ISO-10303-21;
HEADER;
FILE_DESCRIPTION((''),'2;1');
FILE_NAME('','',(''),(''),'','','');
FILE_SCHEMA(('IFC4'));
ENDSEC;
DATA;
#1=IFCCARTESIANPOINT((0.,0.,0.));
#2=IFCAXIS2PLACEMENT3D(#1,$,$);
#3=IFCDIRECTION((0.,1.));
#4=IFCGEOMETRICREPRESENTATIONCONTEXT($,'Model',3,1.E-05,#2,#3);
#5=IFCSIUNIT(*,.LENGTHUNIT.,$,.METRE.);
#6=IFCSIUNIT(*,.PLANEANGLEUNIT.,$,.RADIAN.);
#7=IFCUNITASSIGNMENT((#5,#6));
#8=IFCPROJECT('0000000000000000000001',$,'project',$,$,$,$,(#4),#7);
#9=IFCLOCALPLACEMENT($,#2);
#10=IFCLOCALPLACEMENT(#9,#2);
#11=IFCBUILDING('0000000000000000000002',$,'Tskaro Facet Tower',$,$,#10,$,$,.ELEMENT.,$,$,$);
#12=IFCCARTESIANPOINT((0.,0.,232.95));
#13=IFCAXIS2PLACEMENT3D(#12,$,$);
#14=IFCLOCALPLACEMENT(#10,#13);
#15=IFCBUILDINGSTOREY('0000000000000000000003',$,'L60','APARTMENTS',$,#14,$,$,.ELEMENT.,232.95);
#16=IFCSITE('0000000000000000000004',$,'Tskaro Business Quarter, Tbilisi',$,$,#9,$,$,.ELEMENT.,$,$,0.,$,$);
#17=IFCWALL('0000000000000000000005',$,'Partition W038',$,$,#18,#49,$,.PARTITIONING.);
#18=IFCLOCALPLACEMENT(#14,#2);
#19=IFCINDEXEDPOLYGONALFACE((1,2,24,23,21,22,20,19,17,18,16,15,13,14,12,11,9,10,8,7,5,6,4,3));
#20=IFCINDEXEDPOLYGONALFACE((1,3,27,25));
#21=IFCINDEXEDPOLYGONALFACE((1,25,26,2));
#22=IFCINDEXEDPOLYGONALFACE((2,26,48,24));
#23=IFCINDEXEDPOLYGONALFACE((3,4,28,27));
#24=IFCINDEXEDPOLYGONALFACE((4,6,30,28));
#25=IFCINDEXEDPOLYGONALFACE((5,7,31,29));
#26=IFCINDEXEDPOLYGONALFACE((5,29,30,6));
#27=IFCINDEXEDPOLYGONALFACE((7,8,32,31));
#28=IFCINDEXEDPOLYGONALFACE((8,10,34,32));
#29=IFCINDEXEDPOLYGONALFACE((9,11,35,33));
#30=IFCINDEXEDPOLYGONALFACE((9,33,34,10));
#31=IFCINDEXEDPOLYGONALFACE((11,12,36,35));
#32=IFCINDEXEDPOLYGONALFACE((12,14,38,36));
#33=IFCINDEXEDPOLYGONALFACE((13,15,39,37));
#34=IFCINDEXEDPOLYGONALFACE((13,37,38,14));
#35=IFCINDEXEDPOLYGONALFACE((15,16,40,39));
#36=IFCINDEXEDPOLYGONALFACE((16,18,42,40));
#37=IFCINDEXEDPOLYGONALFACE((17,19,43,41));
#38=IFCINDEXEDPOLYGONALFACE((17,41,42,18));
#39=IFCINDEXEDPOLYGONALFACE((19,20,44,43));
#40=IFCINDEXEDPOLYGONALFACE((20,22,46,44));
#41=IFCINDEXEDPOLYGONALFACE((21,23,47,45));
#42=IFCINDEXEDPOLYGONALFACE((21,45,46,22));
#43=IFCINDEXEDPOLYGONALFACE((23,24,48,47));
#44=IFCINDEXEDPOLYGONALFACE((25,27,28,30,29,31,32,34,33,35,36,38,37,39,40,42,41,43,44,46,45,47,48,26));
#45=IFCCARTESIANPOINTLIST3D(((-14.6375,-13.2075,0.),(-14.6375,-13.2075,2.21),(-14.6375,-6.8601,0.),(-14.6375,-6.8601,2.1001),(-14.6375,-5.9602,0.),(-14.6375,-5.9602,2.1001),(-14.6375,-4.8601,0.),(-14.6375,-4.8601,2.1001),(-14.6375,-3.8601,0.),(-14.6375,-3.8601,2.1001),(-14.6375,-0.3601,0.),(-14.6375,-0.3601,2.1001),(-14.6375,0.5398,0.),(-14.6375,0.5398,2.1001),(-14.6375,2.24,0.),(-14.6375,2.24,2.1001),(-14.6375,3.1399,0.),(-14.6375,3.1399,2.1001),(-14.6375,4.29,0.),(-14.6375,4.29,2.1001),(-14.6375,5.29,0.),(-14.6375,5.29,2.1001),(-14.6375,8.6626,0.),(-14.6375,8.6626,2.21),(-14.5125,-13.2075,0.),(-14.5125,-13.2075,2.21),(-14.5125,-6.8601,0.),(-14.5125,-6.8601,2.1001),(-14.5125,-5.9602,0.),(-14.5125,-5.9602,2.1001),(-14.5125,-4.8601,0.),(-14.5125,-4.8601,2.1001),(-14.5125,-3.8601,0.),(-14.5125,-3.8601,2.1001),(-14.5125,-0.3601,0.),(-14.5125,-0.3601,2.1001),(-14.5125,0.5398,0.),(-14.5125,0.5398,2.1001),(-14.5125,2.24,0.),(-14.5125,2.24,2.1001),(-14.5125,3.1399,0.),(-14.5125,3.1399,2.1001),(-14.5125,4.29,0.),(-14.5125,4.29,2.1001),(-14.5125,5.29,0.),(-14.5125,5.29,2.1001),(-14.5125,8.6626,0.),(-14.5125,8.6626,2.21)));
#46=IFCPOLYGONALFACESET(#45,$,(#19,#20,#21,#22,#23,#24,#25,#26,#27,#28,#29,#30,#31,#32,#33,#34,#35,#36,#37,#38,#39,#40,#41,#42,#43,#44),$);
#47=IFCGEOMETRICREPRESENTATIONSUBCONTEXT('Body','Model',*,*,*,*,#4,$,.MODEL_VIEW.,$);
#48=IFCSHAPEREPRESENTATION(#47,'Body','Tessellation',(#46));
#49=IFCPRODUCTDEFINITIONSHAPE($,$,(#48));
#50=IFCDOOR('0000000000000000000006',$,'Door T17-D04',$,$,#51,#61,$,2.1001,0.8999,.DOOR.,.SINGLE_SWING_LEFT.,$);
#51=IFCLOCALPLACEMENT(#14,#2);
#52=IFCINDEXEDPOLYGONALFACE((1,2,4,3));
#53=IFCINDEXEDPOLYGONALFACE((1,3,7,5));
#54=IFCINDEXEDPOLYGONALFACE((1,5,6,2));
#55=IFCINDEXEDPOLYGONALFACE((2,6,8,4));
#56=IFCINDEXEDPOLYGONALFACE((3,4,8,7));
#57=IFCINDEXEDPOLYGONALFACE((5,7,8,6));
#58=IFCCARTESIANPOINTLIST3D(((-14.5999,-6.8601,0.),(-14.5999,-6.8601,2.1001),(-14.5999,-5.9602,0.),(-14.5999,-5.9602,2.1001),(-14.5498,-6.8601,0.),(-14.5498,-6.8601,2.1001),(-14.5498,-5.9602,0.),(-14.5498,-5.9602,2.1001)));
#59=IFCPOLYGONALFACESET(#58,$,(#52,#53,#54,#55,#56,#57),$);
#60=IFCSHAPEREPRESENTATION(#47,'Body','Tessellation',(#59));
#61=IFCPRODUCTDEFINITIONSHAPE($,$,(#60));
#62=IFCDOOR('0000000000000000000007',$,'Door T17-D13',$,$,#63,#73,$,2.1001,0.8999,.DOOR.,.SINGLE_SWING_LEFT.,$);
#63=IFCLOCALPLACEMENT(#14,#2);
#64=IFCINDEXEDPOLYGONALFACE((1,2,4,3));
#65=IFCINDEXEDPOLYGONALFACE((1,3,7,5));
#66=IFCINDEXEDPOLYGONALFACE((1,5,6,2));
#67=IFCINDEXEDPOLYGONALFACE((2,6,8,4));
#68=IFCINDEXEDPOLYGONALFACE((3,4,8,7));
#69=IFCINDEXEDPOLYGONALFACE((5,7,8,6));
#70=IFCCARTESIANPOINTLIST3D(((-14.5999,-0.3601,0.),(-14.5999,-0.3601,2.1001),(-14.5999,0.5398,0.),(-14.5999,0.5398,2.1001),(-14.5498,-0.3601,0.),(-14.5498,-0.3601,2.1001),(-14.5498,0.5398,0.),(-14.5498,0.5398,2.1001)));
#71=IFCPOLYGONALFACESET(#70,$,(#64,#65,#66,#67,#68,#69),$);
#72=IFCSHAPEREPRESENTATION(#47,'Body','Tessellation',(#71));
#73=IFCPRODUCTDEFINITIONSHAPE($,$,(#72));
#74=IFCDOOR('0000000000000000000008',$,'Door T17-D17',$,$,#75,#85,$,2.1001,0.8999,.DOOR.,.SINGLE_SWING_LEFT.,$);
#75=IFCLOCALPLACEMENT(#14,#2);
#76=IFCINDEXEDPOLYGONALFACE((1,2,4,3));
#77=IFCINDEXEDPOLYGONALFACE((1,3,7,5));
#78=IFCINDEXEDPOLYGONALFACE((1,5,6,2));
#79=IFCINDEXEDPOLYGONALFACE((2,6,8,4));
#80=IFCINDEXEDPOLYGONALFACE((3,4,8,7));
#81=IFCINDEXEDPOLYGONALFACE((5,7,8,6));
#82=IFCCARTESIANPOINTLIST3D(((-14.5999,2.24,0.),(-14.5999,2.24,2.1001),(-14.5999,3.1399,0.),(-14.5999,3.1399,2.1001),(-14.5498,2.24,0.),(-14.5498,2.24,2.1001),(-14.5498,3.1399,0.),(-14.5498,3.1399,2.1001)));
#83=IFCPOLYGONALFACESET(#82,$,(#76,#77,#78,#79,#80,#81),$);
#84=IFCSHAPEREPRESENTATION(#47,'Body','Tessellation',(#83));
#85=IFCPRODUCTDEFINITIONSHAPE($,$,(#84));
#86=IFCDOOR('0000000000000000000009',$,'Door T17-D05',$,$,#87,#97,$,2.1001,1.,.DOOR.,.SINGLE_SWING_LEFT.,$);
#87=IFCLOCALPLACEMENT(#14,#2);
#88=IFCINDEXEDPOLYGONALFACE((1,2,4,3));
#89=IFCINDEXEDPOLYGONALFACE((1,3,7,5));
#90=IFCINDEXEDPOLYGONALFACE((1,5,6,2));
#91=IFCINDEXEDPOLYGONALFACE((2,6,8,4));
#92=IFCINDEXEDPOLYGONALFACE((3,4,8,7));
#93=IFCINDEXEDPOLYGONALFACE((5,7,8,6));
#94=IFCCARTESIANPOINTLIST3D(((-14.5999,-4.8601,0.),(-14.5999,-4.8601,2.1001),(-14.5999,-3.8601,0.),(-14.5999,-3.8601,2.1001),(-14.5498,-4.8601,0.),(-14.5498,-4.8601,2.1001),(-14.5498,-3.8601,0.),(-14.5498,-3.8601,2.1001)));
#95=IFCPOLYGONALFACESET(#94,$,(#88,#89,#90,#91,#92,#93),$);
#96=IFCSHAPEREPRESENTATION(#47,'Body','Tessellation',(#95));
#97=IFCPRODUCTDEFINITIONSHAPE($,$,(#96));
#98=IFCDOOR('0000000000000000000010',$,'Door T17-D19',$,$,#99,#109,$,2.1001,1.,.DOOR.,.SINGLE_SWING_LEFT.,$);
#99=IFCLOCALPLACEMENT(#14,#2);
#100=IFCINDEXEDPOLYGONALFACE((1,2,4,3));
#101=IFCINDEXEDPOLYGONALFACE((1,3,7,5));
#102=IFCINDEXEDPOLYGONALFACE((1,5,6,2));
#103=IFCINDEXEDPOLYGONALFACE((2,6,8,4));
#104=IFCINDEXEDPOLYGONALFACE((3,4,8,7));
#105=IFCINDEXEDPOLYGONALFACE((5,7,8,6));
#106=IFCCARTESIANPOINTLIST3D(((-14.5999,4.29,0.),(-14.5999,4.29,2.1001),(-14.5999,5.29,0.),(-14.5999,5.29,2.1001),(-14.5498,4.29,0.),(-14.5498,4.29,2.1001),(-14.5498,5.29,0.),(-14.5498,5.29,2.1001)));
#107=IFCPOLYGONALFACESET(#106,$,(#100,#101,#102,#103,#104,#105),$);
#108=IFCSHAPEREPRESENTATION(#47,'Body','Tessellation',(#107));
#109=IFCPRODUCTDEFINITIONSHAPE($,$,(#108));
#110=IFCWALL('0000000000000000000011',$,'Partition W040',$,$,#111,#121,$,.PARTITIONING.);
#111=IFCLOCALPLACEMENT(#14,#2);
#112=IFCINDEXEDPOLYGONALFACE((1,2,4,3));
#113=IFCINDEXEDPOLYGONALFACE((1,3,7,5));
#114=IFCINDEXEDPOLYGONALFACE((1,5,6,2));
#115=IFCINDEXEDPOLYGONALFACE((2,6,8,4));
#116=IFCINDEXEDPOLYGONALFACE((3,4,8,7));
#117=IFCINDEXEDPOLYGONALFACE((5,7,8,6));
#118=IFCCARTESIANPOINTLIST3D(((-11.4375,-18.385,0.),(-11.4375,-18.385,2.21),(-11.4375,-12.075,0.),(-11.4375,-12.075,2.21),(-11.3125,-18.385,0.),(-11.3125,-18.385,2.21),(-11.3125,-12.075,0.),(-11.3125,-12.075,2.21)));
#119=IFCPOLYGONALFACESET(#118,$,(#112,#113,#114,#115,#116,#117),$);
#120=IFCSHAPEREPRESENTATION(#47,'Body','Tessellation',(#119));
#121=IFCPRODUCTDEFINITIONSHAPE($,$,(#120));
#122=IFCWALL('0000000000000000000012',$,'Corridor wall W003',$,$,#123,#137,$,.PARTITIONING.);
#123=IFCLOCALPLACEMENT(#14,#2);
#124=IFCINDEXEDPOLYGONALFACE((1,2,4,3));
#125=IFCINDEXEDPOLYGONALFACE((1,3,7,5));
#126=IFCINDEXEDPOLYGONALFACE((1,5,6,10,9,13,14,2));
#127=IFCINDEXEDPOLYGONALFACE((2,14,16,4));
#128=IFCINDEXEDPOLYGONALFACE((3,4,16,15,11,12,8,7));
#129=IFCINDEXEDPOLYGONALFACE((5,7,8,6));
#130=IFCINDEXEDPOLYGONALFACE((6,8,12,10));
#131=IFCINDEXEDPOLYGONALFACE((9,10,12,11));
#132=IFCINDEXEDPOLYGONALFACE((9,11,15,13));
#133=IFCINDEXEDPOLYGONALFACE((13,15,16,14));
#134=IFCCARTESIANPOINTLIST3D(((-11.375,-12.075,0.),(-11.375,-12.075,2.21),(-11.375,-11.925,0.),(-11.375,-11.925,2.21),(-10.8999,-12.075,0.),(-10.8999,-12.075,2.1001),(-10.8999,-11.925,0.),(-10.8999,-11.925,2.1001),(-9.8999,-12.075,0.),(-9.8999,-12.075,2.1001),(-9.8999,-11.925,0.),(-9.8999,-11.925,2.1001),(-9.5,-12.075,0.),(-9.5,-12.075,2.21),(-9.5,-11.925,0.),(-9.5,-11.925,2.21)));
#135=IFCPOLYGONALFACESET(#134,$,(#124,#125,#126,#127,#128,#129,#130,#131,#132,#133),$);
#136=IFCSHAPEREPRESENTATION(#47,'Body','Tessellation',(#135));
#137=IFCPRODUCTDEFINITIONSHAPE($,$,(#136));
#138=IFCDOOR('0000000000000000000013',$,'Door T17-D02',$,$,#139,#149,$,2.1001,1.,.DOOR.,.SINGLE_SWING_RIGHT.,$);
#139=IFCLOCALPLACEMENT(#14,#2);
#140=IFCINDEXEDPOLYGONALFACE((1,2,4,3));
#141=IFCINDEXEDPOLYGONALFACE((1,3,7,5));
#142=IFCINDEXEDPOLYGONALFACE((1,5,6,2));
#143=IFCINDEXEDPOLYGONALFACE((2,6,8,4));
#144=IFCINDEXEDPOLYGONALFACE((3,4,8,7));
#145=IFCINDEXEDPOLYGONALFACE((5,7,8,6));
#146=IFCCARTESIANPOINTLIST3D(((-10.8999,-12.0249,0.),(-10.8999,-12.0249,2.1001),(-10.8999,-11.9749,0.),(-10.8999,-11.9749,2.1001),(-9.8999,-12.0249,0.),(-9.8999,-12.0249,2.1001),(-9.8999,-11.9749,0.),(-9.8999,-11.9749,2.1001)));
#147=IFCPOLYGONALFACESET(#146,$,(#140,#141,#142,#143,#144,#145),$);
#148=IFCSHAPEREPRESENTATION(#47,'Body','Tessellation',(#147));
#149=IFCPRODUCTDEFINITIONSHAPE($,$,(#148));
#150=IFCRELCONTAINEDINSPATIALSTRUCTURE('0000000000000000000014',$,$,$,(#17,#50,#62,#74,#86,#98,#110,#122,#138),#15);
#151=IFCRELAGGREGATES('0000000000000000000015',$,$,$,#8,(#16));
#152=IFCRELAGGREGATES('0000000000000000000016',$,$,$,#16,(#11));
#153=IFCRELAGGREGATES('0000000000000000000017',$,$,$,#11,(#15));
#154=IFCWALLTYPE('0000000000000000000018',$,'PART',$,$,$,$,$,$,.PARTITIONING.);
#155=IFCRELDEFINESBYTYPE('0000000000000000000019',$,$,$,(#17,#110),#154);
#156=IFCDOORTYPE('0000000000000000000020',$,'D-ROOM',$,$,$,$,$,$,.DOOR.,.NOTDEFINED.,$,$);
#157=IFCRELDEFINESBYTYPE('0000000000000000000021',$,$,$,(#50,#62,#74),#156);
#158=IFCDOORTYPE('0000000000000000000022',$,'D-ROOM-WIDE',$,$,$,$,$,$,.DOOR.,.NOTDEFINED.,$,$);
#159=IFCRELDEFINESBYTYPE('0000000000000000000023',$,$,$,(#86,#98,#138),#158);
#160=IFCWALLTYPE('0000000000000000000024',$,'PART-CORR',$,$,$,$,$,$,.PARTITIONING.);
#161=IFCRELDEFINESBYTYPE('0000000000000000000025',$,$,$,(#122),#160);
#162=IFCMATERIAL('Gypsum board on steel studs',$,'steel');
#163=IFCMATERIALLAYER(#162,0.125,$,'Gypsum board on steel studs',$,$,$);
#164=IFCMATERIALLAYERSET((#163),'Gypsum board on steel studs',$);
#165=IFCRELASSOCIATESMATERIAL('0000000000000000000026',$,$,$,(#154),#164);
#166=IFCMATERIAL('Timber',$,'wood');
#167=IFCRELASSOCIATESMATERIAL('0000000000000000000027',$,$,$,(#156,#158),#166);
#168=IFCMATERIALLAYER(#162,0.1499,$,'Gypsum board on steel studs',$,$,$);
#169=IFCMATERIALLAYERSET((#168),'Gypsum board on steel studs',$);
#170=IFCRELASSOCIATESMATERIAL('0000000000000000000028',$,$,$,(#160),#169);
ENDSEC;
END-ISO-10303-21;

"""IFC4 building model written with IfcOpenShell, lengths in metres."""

from ifc_helpers import new_model, si_unit, direction, frame, frame_2d, origin, place, context, subcontext, project, spatial, rectangle, extrude, material, layer, layer_set, type_object, element, fill, save


model = new_model("IFC4")

# Units and contexts
model_context = context("Model", 3, precision=1e-05, world=origin(), true_north=direction((0.0, 1.0)))
body_context = subcontext(model_context, "Body", "Model", "MODEL_VIEW")
ifc_project = project(units=[si_unit("LENGTHUNIT", "METRE"), si_unit("PLANEANGLEUNIT", "RADIAN")], contexts=[model_context])

# Site, building, storey
site_placement = place(None, origin())
site = spatial("IfcSite", under=ifc_project, at=site_placement, Name="Tskaro Business Quarter, Tbilisi", CompositionType="ELEMENT", RefElevation=0.0)
building_placement = place(site_placement, origin())
building = spatial("IfcBuilding", under=site, at=building_placement, Name="Tskaro Facet Tower", CompositionType="ELEMENT")
storey_placement = place(building_placement, frame((0.0, 0.0, 232.95)))
storey = spatial("IfcBuildingStorey", under=building, at=storey_placement, Name="L60", Description="APARTMENTS", CompositionType="ELEMENT", Elevation=232.95)

# Wall, openings, doors
ifc_material_1 = material(Name="Gypsum board on steel studs", Category="steel")
ifc_layer_1 = layer(ifc_material_1, 0.125, Name="Gypsum board on steel studs")
ifc_layer_set_1 = layer_set([ifc_layer_1], Name="Gypsum board on steel studs")
wall_type_1 = type_object("IfcWallType", Name="PART", PredefinedType="PARTITIONING", material=ifc_layer_set_1)
wall_1_placement = place(storey_placement, frame((-14.575, -13.2075, 0.0), z_axis=(0.0, 0.0, 1.0), x_axis=(0.0, 1.0, 0.0)))
wall_1 = element("IfcWall", 1, at=wall_1_placement, inside=storey, type_object=wall_type_1, Name="Partition W038", PredefinedType="PARTITIONING", context=body_context, shape_type="SweptSolid", body=[
    extrude(rectangle(XDim=21.8701, YDim=0.125, at=frame_2d((10.9351, 0.0))), origin(), (0.0, 0.0, 1.0), 2.21),
])
opening_1_placement = place(wall_1_placement, frame((6.3474, 0.0, 0.0)))
opening_1 = element("IfcOpeningElement", 2, at=opening_1_placement, cuts=wall_1, PredefinedType="OPENING", context=body_context, shape_type="SweptSolid", body=[
    extrude(rectangle(XDim=0.8999, YDim=2.1001, at=frame_2d((0.45, 1.05))), frame((0.0, 0.0725, 0.0), z_axis=(0.0, -1.0, 0.0), x_axis=(1.0, 0.0, 0.0)), (0.0, 0.0, 1.0), 0.145),
])
opening_2_placement = place(wall_1_placement, frame((8.3474, 0.0, 0.0)))
opening_2 = element("IfcOpeningElement", 3, at=opening_2_placement, cuts=wall_1, PredefinedType="OPENING", context=body_context, shape_type="SweptSolid", body=[
    extrude(rectangle(XDim=1.0, YDim=2.1001, at=frame_2d((0.5, 1.05))), frame((0.0, 0.0725, 0.0), z_axis=(0.0, -1.0, 0.0), x_axis=(1.0, 0.0, 0.0)), (0.0, 0.0, 1.0), 0.145),
])
opening_3_placement = place(wall_1_placement, frame((12.8474, 0.0, 0.0)))
opening_3 = element("IfcOpeningElement", 4, at=opening_3_placement, cuts=wall_1, PredefinedType="OPENING", context=body_context, shape_type="SweptSolid", body=[
    extrude(rectangle(XDim=0.8999, YDim=2.1001, at=frame_2d((0.45, 1.05))), frame((0.0, 0.0725, 0.0), z_axis=(0.0, -1.0, 0.0), x_axis=(1.0, 0.0, 0.0)), (0.0, 0.0, 1.0), 0.145),
])
opening_4_placement = place(wall_1_placement, frame((17.4976, 0.0, 0.0)))
opening_4 = element("IfcOpeningElement", 5, at=opening_4_placement, cuts=wall_1, PredefinedType="OPENING", context=body_context, shape_type="SweptSolid", body=[
    extrude(rectangle(XDim=1.0, YDim=2.1001, at=frame_2d((0.5, 1.05))), frame((0.0, 0.0725, 0.0), z_axis=(0.0, -1.0, 0.0), x_axis=(1.0, 0.0, 0.0)), (0.0, 0.0, 1.0), 0.145),
])
opening_5_placement = place(wall_1_placement, frame((15.4475, 0.0, 0.0)))
opening_5 = element("IfcOpeningElement", 6, at=opening_5_placement, cuts=wall_1, PredefinedType="OPENING", context=body_context, shape_type="SweptSolid", body=[
    extrude(rectangle(XDim=0.8999, YDim=2.1001, at=frame_2d((0.45, 1.05))), frame((0.0, 0.0725, 0.0), z_axis=(0.0, -1.0, 0.0), x_axis=(1.0, 0.0, 0.0)), (0.0, 0.0, 1.0), 0.145),
])
ifc_material_2 = material(Name="Timber", Category="wood")
door_type_1 = type_object("IfcDoorType", Name="D-ROOM", OperationType="NOTDEFINED", PredefinedType="DOOR", material=ifc_material_2)
door_1_placement = place(opening_1_placement, origin())
door_1 = element("IfcDoor", 7, at=door_1_placement, inside=storey, type_object=door_type_1, Name="Door T17-D04", OperationType="SINGLE_SWING_LEFT", OverallHeight=2.1001, OverallWidth=0.8999, PredefinedType="DOOR", context=body_context, shape_type="SweptSolid", body=[
    extrude(rectangle(XDim=0.8999, YDim=2.1001, at=frame_2d((0.45, 1.05))), frame((0.0, 0.0249, 0.0), z_axis=(0.0, -1.0, 0.0), x_axis=(1.0, 0.0, 0.0)), (0.0, 0.0, 1.0), 0.05),
])
fill(opening_1, door_1)
door_2_placement = place(opening_3_placement, origin())
door_2 = element("IfcDoor", 8, at=door_2_placement, inside=storey, type_object=door_type_1, Name="Door T17-D13", OperationType="SINGLE_SWING_LEFT", OverallHeight=2.1001, OverallWidth=0.8999, PredefinedType="DOOR", context=body_context, shape_type="SweptSolid", body=[
    extrude(rectangle(XDim=0.8999, YDim=2.1001, at=frame_2d((0.45, 1.05))), frame((0.0, 0.0249, 0.0), z_axis=(0.0, -1.0, 0.0), x_axis=(1.0, 0.0, 0.0)), (0.0, 0.0, 1.0), 0.05),
])
fill(opening_3, door_2)
door_3_placement = place(opening_5_placement, origin())
door_3 = element("IfcDoor", 9, at=door_3_placement, inside=storey, type_object=door_type_1, Name="Door T17-D17", OperationType="SINGLE_SWING_LEFT", OverallHeight=2.1001, OverallWidth=0.8999, PredefinedType="DOOR", context=body_context, shape_type="SweptSolid", body=[
    extrude(rectangle(XDim=0.8999, YDim=2.1001, at=frame_2d((0.45, 1.05))), frame((0.0, 0.0249, 0.0), z_axis=(0.0, -1.0, 0.0), x_axis=(1.0, 0.0, 0.0)), (0.0, 0.0, 1.0), 0.05),
])
fill(opening_5, door_3)
door_type_2 = type_object("IfcDoorType", Name="D-ROOM-WIDE", OperationType="NOTDEFINED", PredefinedType="DOOR", material=ifc_material_2)
door_4_placement = place(opening_2_placement, origin())
door_4 = element("IfcDoor", 10, at=door_4_placement, inside=storey, type_object=door_type_2, Name="Door T17-D05", OperationType="SINGLE_SWING_LEFT", OverallHeight=2.1001, OverallWidth=1.0, PredefinedType="DOOR", context=body_context, shape_type="SweptSolid", body=[
    extrude(rectangle(XDim=1.0, YDim=2.1001, at=frame_2d((0.5, 1.05))), frame((0.0, 0.0249, 0.0), z_axis=(0.0, -1.0, 0.0), x_axis=(1.0, 0.0, 0.0)), (0.0, 0.0, 1.0), 0.05),
])
fill(opening_2, door_4)
door_5_placement = place(opening_4_placement, origin())
door_5 = element("IfcDoor", 11, at=door_5_placement, inside=storey, type_object=door_type_2, Name="Door T17-D19", OperationType="SINGLE_SWING_LEFT", OverallHeight=2.1001, OverallWidth=1.0, PredefinedType="DOOR", context=body_context, shape_type="SweptSolid", body=[
    extrude(rectangle(XDim=1.0, YDim=2.1001, at=frame_2d((0.5, 1.05))), frame((0.0, 0.0249, 0.0), z_axis=(0.0, -1.0, 0.0), x_axis=(1.0, 0.0, 0.0)), (0.0, 0.0, 1.0), 0.05),
])
fill(opening_4, door_5)

# Wall
wall_2_placement = place(storey_placement, frame((-11.375, -18.385, 0.0), z_axis=(0.0, 0.0, 1.0), x_axis=(0.0, 1.0, 0.0)))
element("IfcWall", 12, at=wall_2_placement, inside=storey, type_object=wall_type_1, Name="Partition W040", PredefinedType="PARTITIONING", context=body_context, shape_type="SweptSolid", body=[
    extrude(rectangle(XDim=6.3101, YDim=0.125, at=frame_2d((3.155, 0.0))), origin(), (0.0, 0.0, 1.0), 2.21),
])

# Wall, opening, door
ifc_layer_2 = layer(ifc_material_1, 0.1499, Name="Gypsum board on steel studs")
ifc_layer_set_2 = layer_set([ifc_layer_2], Name="Gypsum board on steel studs")
wall_type_2 = type_object("IfcWallType", Name="PART-CORR", PredefinedType="PARTITIONING", material=ifc_layer_set_2)
wall_3_placement = place(storey_placement, frame((-9.5, -12.0, 0.0), z_axis=(0.0, 0.0, 1.0), x_axis=(-1.0, 0.0, 0.0)))
wall_3 = element("IfcWall", 13, at=wall_3_placement, inside=storey, type_object=wall_type_2, Name="Corridor wall W003", PredefinedType="PARTITIONING", context=body_context, shape_type="SweptSolid", body=[
    extrude(rectangle(XDim=1.875, YDim=0.1499, at=frame_2d((0.9375, 0.0))), origin(), (0.0, 0.0, 1.0), 2.21),
])
opening_6_placement = place(wall_3_placement, frame((0.3999, 0.0, 0.0)))
opening_6 = element("IfcOpeningElement", 14, at=opening_6_placement, cuts=wall_3, PredefinedType="OPENING", context=body_context, shape_type="SweptSolid", body=[
    extrude(rectangle(XDim=1.0, YDim=2.1001, at=frame_2d((0.5, 1.05))), frame((0.0, 0.085, 0.0), z_axis=(0.0, -1.0, 0.0), x_axis=(1.0, 0.0, 0.0)), (0.0, 0.0, 1.0), 0.1699),
])
door_6_placement = place(opening_6_placement, origin())
door_6 = element("IfcDoor", 15, at=door_6_placement, inside=storey, type_object=door_type_2, Name="Door T17-D02", OperationType="SINGLE_SWING_RIGHT", OverallHeight=2.1001, OverallWidth=1.0, PredefinedType="DOOR", context=body_context, shape_type="SweptSolid", body=[
    extrude(rectangle(XDim=1.0, YDim=2.1001, at=frame_2d((0.5, 1.05))), frame((0.0, 0.0249, 0.0), z_axis=(0.0, -1.0, 0.0), x_axis=(1.0, 0.0, 0.0)), (0.0, 0.0, 1.0), 0.05),
])
fill(opening_6, door_6)

save(model, "model.ifc")
